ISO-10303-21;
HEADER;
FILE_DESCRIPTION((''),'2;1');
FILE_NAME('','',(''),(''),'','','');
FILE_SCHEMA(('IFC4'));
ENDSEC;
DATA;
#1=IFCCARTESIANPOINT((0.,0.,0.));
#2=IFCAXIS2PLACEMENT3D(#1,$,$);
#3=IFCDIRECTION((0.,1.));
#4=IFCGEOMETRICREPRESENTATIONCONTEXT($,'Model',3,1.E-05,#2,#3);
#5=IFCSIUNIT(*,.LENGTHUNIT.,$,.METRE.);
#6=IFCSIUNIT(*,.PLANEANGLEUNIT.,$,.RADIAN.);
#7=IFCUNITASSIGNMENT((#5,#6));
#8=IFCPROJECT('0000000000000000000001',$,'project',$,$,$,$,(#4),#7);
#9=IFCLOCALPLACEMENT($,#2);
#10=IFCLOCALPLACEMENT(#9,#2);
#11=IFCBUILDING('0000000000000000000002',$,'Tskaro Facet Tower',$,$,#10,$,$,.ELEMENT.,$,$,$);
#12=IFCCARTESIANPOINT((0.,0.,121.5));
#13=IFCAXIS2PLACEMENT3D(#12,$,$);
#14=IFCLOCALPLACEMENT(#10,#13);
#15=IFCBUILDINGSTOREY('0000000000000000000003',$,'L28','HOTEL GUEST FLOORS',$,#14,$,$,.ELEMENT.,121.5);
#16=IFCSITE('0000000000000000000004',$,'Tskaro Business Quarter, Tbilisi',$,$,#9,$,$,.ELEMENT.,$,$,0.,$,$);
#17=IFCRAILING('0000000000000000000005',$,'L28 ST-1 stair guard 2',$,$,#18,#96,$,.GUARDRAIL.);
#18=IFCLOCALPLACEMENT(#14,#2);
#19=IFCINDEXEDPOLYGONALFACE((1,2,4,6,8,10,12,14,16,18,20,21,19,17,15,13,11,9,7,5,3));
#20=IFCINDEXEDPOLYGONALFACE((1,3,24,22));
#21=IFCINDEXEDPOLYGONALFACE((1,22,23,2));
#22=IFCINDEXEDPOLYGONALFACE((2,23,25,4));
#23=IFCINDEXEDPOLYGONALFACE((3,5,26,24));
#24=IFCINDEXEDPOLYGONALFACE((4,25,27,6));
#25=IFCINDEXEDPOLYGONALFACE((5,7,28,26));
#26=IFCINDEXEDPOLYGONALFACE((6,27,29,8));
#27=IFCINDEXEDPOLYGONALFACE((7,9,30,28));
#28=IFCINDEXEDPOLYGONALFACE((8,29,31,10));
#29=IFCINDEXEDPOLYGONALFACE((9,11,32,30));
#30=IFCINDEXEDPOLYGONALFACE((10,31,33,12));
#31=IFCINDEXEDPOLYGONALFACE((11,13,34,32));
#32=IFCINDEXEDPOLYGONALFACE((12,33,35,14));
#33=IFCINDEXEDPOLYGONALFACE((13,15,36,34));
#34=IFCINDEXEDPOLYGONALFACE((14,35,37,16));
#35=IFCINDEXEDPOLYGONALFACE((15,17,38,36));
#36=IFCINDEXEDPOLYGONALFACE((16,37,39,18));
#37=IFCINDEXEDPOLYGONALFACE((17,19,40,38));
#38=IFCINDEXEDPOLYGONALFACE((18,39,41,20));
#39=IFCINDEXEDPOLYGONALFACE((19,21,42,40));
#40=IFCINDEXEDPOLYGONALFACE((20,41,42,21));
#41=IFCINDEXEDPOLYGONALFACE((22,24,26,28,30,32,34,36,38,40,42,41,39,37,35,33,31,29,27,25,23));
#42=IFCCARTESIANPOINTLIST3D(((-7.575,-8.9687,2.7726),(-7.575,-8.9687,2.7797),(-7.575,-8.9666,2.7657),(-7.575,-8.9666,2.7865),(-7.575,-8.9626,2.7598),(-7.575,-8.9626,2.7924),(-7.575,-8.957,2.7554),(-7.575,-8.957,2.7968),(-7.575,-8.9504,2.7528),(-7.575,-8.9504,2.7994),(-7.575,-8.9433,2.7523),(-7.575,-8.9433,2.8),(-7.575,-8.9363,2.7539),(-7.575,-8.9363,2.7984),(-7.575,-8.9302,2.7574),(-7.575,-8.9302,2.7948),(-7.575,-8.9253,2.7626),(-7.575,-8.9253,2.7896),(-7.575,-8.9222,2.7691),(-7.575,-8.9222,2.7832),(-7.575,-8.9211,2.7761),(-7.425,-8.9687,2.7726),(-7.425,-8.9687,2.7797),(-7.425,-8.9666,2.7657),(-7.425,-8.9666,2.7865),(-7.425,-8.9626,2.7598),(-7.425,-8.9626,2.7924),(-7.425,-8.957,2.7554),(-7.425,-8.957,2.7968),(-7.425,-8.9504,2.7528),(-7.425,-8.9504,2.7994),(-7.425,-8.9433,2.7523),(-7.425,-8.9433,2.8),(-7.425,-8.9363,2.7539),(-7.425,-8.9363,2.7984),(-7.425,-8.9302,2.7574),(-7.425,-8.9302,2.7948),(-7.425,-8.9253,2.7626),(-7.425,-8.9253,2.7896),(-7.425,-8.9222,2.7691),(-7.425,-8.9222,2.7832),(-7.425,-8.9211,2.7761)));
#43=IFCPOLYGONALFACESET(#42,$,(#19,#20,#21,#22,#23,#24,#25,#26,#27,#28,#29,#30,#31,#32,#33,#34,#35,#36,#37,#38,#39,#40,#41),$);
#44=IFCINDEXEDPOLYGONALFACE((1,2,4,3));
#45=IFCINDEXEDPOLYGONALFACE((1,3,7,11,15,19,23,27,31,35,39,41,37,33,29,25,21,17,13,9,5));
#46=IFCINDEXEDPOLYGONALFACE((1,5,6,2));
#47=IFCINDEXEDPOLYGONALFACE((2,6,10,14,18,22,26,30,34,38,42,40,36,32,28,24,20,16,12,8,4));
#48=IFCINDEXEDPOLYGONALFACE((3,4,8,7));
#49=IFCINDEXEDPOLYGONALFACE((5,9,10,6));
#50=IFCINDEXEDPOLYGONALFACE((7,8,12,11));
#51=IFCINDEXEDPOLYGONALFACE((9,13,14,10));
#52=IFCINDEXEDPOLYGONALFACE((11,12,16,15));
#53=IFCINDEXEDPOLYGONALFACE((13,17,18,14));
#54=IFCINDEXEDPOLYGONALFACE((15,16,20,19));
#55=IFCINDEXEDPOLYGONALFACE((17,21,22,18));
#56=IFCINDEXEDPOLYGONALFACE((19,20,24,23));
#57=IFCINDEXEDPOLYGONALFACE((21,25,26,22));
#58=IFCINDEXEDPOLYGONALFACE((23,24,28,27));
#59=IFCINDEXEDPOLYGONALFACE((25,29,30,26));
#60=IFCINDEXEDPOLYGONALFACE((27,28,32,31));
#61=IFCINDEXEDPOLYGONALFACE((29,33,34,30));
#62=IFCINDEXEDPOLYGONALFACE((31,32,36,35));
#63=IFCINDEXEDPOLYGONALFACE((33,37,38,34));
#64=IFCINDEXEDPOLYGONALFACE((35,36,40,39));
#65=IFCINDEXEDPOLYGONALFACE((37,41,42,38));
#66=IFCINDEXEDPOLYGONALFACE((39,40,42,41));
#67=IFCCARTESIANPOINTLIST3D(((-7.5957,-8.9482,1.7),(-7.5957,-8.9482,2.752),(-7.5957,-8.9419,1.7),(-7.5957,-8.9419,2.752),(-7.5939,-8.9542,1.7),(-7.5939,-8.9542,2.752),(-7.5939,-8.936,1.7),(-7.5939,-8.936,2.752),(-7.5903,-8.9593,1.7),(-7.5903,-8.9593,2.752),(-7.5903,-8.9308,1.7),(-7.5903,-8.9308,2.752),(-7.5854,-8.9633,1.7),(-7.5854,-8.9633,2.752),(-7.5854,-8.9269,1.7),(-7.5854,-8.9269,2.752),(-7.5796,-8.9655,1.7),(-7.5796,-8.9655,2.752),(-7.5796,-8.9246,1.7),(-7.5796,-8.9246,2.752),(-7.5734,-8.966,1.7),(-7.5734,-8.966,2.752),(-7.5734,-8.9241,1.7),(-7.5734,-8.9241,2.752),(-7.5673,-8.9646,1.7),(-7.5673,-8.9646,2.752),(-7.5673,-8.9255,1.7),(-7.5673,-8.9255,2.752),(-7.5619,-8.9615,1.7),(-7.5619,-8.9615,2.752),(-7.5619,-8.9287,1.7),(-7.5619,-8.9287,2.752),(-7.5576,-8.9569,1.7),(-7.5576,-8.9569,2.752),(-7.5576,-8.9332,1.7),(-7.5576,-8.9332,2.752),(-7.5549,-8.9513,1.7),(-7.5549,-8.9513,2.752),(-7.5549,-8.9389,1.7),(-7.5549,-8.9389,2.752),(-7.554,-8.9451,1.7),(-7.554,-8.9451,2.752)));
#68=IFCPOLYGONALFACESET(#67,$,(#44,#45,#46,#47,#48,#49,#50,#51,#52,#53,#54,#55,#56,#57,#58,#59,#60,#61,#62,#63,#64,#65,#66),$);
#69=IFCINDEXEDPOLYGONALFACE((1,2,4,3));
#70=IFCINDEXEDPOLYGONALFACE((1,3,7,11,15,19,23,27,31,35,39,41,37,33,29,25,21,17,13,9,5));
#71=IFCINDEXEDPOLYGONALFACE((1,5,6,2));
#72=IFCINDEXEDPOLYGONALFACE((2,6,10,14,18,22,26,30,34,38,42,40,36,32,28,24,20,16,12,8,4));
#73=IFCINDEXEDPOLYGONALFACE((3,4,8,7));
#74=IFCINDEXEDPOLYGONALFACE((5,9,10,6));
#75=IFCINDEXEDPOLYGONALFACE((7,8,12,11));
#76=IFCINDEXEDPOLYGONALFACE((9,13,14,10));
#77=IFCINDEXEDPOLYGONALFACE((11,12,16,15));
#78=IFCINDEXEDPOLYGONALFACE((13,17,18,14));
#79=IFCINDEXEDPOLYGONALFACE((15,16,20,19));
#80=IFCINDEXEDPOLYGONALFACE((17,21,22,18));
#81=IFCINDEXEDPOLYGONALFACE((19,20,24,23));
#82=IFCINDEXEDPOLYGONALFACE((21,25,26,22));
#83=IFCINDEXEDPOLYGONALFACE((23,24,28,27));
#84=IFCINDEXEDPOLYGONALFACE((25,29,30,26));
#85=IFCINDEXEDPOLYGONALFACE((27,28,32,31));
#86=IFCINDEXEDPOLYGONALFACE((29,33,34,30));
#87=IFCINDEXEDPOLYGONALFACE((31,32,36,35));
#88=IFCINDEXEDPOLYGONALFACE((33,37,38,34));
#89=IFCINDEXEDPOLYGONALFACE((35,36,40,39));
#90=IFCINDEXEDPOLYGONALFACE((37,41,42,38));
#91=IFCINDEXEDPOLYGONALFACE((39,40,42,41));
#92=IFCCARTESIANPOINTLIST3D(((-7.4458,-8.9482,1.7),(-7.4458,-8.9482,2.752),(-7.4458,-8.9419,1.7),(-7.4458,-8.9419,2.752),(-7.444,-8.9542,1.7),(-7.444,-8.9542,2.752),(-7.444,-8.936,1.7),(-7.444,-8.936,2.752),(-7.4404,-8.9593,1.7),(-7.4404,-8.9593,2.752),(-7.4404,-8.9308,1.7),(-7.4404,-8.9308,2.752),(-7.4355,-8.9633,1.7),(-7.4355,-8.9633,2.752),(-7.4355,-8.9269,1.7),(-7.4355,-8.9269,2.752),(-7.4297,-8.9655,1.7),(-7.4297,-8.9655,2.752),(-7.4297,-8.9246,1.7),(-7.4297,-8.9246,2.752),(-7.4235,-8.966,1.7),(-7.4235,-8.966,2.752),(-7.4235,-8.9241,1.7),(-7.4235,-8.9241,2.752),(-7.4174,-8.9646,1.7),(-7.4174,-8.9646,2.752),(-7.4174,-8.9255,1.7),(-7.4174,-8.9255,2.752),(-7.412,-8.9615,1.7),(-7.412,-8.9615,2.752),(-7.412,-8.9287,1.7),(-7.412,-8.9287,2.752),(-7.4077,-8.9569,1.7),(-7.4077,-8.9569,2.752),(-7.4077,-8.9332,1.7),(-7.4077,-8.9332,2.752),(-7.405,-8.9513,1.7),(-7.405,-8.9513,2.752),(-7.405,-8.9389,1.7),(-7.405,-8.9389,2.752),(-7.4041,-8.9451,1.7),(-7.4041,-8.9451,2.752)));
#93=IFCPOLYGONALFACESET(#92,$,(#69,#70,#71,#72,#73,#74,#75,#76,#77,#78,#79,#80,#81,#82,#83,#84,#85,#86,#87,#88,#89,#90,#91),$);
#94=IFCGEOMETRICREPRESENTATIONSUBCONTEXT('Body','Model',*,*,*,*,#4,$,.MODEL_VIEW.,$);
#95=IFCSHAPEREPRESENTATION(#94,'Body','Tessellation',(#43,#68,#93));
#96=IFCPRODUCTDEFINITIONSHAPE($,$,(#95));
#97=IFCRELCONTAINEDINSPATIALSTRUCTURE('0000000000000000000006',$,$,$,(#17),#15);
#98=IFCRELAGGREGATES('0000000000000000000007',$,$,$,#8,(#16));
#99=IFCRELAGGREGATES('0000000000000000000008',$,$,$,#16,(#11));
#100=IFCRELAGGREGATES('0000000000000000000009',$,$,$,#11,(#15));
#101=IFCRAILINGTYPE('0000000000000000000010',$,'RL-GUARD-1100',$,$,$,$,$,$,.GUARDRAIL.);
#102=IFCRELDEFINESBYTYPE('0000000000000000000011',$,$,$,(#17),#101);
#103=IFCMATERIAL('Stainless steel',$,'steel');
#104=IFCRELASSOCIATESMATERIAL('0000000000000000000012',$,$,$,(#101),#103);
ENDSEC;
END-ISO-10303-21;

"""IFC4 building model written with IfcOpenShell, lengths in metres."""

from ifc_helpers import new_model, si_unit, direction, frame, origin, origin_2d, place, context, subcontext, project, spatial, circle, extrude, material, type_object, element, save


model = new_model("IFC4")

# Units and contexts
model_context = context("Model", 3, precision=1e-05, world=origin(), true_north=direction((0.0, 1.0)))
body_context = subcontext(model_context, "Body", "Model", "MODEL_VIEW")
ifc_project = project(units=[si_unit("LENGTHUNIT", "METRE"), si_unit("PLANEANGLEUNIT", "RADIAN")], contexts=[model_context])

# Site, building, storey
site_placement = place(None, origin())
site = spatial("IfcSite", under=ifc_project, at=site_placement, Name="Tskaro Business Quarter, Tbilisi", CompositionType="ELEMENT", RefElevation=0.0)
building_placement = place(site_placement, origin())
building = spatial("IfcBuilding", under=site, at=building_placement, Name="Tskaro Facet Tower", CompositionType="ELEMENT")
storey_placement = place(building_placement, frame((0.0, 0.0, 121.5)))
storey = spatial("IfcBuildingStorey", under=building, at=storey_placement, Name="L28", Description="HOTEL GUEST FLOORS", CompositionType="ELEMENT", Elevation=121.5)

# Shared definitions
ifc_material_1 = material(Name="Stainless steel", Category="steel")

# Railing
railing_type_1 = type_object("IfcRailingType", Name="RL-GUARD-1100", PredefinedType="GUARDRAIL", material=ifc_material_1)
railing_1_placement = place(storey_placement, frame((-7.575, -8.9451, 1.7)))
element("IfcRailing", 1, at=railing_1_placement, inside=storey, type_object=railing_type_1, Name="L28 ST-1 stair guard 2", PredefinedType="GUARDRAIL", context=body_context, shape_type="SweptSolid", body=[
    extrude(circle(Radius=0.0239, at=origin_2d()), frame((0.0, 0.0, 1.0762), z_axis=(1.0, 0.0, 0.0), x_axis=(0.0, 1.0, 0.0)), (0.0, 0.0, 1.0), 0.1499),
    extrude(circle(Radius=0.021, at=origin_2d()), origin(), (0.0, 0.0, 1.0), 1.052),
    extrude(circle(Radius=0.021, at=origin_2d()), frame((0.1499, 0.0, 0.0)), (0.0, 0.0, 1.0), 1.052),
])

save(model, "model.ifc")
